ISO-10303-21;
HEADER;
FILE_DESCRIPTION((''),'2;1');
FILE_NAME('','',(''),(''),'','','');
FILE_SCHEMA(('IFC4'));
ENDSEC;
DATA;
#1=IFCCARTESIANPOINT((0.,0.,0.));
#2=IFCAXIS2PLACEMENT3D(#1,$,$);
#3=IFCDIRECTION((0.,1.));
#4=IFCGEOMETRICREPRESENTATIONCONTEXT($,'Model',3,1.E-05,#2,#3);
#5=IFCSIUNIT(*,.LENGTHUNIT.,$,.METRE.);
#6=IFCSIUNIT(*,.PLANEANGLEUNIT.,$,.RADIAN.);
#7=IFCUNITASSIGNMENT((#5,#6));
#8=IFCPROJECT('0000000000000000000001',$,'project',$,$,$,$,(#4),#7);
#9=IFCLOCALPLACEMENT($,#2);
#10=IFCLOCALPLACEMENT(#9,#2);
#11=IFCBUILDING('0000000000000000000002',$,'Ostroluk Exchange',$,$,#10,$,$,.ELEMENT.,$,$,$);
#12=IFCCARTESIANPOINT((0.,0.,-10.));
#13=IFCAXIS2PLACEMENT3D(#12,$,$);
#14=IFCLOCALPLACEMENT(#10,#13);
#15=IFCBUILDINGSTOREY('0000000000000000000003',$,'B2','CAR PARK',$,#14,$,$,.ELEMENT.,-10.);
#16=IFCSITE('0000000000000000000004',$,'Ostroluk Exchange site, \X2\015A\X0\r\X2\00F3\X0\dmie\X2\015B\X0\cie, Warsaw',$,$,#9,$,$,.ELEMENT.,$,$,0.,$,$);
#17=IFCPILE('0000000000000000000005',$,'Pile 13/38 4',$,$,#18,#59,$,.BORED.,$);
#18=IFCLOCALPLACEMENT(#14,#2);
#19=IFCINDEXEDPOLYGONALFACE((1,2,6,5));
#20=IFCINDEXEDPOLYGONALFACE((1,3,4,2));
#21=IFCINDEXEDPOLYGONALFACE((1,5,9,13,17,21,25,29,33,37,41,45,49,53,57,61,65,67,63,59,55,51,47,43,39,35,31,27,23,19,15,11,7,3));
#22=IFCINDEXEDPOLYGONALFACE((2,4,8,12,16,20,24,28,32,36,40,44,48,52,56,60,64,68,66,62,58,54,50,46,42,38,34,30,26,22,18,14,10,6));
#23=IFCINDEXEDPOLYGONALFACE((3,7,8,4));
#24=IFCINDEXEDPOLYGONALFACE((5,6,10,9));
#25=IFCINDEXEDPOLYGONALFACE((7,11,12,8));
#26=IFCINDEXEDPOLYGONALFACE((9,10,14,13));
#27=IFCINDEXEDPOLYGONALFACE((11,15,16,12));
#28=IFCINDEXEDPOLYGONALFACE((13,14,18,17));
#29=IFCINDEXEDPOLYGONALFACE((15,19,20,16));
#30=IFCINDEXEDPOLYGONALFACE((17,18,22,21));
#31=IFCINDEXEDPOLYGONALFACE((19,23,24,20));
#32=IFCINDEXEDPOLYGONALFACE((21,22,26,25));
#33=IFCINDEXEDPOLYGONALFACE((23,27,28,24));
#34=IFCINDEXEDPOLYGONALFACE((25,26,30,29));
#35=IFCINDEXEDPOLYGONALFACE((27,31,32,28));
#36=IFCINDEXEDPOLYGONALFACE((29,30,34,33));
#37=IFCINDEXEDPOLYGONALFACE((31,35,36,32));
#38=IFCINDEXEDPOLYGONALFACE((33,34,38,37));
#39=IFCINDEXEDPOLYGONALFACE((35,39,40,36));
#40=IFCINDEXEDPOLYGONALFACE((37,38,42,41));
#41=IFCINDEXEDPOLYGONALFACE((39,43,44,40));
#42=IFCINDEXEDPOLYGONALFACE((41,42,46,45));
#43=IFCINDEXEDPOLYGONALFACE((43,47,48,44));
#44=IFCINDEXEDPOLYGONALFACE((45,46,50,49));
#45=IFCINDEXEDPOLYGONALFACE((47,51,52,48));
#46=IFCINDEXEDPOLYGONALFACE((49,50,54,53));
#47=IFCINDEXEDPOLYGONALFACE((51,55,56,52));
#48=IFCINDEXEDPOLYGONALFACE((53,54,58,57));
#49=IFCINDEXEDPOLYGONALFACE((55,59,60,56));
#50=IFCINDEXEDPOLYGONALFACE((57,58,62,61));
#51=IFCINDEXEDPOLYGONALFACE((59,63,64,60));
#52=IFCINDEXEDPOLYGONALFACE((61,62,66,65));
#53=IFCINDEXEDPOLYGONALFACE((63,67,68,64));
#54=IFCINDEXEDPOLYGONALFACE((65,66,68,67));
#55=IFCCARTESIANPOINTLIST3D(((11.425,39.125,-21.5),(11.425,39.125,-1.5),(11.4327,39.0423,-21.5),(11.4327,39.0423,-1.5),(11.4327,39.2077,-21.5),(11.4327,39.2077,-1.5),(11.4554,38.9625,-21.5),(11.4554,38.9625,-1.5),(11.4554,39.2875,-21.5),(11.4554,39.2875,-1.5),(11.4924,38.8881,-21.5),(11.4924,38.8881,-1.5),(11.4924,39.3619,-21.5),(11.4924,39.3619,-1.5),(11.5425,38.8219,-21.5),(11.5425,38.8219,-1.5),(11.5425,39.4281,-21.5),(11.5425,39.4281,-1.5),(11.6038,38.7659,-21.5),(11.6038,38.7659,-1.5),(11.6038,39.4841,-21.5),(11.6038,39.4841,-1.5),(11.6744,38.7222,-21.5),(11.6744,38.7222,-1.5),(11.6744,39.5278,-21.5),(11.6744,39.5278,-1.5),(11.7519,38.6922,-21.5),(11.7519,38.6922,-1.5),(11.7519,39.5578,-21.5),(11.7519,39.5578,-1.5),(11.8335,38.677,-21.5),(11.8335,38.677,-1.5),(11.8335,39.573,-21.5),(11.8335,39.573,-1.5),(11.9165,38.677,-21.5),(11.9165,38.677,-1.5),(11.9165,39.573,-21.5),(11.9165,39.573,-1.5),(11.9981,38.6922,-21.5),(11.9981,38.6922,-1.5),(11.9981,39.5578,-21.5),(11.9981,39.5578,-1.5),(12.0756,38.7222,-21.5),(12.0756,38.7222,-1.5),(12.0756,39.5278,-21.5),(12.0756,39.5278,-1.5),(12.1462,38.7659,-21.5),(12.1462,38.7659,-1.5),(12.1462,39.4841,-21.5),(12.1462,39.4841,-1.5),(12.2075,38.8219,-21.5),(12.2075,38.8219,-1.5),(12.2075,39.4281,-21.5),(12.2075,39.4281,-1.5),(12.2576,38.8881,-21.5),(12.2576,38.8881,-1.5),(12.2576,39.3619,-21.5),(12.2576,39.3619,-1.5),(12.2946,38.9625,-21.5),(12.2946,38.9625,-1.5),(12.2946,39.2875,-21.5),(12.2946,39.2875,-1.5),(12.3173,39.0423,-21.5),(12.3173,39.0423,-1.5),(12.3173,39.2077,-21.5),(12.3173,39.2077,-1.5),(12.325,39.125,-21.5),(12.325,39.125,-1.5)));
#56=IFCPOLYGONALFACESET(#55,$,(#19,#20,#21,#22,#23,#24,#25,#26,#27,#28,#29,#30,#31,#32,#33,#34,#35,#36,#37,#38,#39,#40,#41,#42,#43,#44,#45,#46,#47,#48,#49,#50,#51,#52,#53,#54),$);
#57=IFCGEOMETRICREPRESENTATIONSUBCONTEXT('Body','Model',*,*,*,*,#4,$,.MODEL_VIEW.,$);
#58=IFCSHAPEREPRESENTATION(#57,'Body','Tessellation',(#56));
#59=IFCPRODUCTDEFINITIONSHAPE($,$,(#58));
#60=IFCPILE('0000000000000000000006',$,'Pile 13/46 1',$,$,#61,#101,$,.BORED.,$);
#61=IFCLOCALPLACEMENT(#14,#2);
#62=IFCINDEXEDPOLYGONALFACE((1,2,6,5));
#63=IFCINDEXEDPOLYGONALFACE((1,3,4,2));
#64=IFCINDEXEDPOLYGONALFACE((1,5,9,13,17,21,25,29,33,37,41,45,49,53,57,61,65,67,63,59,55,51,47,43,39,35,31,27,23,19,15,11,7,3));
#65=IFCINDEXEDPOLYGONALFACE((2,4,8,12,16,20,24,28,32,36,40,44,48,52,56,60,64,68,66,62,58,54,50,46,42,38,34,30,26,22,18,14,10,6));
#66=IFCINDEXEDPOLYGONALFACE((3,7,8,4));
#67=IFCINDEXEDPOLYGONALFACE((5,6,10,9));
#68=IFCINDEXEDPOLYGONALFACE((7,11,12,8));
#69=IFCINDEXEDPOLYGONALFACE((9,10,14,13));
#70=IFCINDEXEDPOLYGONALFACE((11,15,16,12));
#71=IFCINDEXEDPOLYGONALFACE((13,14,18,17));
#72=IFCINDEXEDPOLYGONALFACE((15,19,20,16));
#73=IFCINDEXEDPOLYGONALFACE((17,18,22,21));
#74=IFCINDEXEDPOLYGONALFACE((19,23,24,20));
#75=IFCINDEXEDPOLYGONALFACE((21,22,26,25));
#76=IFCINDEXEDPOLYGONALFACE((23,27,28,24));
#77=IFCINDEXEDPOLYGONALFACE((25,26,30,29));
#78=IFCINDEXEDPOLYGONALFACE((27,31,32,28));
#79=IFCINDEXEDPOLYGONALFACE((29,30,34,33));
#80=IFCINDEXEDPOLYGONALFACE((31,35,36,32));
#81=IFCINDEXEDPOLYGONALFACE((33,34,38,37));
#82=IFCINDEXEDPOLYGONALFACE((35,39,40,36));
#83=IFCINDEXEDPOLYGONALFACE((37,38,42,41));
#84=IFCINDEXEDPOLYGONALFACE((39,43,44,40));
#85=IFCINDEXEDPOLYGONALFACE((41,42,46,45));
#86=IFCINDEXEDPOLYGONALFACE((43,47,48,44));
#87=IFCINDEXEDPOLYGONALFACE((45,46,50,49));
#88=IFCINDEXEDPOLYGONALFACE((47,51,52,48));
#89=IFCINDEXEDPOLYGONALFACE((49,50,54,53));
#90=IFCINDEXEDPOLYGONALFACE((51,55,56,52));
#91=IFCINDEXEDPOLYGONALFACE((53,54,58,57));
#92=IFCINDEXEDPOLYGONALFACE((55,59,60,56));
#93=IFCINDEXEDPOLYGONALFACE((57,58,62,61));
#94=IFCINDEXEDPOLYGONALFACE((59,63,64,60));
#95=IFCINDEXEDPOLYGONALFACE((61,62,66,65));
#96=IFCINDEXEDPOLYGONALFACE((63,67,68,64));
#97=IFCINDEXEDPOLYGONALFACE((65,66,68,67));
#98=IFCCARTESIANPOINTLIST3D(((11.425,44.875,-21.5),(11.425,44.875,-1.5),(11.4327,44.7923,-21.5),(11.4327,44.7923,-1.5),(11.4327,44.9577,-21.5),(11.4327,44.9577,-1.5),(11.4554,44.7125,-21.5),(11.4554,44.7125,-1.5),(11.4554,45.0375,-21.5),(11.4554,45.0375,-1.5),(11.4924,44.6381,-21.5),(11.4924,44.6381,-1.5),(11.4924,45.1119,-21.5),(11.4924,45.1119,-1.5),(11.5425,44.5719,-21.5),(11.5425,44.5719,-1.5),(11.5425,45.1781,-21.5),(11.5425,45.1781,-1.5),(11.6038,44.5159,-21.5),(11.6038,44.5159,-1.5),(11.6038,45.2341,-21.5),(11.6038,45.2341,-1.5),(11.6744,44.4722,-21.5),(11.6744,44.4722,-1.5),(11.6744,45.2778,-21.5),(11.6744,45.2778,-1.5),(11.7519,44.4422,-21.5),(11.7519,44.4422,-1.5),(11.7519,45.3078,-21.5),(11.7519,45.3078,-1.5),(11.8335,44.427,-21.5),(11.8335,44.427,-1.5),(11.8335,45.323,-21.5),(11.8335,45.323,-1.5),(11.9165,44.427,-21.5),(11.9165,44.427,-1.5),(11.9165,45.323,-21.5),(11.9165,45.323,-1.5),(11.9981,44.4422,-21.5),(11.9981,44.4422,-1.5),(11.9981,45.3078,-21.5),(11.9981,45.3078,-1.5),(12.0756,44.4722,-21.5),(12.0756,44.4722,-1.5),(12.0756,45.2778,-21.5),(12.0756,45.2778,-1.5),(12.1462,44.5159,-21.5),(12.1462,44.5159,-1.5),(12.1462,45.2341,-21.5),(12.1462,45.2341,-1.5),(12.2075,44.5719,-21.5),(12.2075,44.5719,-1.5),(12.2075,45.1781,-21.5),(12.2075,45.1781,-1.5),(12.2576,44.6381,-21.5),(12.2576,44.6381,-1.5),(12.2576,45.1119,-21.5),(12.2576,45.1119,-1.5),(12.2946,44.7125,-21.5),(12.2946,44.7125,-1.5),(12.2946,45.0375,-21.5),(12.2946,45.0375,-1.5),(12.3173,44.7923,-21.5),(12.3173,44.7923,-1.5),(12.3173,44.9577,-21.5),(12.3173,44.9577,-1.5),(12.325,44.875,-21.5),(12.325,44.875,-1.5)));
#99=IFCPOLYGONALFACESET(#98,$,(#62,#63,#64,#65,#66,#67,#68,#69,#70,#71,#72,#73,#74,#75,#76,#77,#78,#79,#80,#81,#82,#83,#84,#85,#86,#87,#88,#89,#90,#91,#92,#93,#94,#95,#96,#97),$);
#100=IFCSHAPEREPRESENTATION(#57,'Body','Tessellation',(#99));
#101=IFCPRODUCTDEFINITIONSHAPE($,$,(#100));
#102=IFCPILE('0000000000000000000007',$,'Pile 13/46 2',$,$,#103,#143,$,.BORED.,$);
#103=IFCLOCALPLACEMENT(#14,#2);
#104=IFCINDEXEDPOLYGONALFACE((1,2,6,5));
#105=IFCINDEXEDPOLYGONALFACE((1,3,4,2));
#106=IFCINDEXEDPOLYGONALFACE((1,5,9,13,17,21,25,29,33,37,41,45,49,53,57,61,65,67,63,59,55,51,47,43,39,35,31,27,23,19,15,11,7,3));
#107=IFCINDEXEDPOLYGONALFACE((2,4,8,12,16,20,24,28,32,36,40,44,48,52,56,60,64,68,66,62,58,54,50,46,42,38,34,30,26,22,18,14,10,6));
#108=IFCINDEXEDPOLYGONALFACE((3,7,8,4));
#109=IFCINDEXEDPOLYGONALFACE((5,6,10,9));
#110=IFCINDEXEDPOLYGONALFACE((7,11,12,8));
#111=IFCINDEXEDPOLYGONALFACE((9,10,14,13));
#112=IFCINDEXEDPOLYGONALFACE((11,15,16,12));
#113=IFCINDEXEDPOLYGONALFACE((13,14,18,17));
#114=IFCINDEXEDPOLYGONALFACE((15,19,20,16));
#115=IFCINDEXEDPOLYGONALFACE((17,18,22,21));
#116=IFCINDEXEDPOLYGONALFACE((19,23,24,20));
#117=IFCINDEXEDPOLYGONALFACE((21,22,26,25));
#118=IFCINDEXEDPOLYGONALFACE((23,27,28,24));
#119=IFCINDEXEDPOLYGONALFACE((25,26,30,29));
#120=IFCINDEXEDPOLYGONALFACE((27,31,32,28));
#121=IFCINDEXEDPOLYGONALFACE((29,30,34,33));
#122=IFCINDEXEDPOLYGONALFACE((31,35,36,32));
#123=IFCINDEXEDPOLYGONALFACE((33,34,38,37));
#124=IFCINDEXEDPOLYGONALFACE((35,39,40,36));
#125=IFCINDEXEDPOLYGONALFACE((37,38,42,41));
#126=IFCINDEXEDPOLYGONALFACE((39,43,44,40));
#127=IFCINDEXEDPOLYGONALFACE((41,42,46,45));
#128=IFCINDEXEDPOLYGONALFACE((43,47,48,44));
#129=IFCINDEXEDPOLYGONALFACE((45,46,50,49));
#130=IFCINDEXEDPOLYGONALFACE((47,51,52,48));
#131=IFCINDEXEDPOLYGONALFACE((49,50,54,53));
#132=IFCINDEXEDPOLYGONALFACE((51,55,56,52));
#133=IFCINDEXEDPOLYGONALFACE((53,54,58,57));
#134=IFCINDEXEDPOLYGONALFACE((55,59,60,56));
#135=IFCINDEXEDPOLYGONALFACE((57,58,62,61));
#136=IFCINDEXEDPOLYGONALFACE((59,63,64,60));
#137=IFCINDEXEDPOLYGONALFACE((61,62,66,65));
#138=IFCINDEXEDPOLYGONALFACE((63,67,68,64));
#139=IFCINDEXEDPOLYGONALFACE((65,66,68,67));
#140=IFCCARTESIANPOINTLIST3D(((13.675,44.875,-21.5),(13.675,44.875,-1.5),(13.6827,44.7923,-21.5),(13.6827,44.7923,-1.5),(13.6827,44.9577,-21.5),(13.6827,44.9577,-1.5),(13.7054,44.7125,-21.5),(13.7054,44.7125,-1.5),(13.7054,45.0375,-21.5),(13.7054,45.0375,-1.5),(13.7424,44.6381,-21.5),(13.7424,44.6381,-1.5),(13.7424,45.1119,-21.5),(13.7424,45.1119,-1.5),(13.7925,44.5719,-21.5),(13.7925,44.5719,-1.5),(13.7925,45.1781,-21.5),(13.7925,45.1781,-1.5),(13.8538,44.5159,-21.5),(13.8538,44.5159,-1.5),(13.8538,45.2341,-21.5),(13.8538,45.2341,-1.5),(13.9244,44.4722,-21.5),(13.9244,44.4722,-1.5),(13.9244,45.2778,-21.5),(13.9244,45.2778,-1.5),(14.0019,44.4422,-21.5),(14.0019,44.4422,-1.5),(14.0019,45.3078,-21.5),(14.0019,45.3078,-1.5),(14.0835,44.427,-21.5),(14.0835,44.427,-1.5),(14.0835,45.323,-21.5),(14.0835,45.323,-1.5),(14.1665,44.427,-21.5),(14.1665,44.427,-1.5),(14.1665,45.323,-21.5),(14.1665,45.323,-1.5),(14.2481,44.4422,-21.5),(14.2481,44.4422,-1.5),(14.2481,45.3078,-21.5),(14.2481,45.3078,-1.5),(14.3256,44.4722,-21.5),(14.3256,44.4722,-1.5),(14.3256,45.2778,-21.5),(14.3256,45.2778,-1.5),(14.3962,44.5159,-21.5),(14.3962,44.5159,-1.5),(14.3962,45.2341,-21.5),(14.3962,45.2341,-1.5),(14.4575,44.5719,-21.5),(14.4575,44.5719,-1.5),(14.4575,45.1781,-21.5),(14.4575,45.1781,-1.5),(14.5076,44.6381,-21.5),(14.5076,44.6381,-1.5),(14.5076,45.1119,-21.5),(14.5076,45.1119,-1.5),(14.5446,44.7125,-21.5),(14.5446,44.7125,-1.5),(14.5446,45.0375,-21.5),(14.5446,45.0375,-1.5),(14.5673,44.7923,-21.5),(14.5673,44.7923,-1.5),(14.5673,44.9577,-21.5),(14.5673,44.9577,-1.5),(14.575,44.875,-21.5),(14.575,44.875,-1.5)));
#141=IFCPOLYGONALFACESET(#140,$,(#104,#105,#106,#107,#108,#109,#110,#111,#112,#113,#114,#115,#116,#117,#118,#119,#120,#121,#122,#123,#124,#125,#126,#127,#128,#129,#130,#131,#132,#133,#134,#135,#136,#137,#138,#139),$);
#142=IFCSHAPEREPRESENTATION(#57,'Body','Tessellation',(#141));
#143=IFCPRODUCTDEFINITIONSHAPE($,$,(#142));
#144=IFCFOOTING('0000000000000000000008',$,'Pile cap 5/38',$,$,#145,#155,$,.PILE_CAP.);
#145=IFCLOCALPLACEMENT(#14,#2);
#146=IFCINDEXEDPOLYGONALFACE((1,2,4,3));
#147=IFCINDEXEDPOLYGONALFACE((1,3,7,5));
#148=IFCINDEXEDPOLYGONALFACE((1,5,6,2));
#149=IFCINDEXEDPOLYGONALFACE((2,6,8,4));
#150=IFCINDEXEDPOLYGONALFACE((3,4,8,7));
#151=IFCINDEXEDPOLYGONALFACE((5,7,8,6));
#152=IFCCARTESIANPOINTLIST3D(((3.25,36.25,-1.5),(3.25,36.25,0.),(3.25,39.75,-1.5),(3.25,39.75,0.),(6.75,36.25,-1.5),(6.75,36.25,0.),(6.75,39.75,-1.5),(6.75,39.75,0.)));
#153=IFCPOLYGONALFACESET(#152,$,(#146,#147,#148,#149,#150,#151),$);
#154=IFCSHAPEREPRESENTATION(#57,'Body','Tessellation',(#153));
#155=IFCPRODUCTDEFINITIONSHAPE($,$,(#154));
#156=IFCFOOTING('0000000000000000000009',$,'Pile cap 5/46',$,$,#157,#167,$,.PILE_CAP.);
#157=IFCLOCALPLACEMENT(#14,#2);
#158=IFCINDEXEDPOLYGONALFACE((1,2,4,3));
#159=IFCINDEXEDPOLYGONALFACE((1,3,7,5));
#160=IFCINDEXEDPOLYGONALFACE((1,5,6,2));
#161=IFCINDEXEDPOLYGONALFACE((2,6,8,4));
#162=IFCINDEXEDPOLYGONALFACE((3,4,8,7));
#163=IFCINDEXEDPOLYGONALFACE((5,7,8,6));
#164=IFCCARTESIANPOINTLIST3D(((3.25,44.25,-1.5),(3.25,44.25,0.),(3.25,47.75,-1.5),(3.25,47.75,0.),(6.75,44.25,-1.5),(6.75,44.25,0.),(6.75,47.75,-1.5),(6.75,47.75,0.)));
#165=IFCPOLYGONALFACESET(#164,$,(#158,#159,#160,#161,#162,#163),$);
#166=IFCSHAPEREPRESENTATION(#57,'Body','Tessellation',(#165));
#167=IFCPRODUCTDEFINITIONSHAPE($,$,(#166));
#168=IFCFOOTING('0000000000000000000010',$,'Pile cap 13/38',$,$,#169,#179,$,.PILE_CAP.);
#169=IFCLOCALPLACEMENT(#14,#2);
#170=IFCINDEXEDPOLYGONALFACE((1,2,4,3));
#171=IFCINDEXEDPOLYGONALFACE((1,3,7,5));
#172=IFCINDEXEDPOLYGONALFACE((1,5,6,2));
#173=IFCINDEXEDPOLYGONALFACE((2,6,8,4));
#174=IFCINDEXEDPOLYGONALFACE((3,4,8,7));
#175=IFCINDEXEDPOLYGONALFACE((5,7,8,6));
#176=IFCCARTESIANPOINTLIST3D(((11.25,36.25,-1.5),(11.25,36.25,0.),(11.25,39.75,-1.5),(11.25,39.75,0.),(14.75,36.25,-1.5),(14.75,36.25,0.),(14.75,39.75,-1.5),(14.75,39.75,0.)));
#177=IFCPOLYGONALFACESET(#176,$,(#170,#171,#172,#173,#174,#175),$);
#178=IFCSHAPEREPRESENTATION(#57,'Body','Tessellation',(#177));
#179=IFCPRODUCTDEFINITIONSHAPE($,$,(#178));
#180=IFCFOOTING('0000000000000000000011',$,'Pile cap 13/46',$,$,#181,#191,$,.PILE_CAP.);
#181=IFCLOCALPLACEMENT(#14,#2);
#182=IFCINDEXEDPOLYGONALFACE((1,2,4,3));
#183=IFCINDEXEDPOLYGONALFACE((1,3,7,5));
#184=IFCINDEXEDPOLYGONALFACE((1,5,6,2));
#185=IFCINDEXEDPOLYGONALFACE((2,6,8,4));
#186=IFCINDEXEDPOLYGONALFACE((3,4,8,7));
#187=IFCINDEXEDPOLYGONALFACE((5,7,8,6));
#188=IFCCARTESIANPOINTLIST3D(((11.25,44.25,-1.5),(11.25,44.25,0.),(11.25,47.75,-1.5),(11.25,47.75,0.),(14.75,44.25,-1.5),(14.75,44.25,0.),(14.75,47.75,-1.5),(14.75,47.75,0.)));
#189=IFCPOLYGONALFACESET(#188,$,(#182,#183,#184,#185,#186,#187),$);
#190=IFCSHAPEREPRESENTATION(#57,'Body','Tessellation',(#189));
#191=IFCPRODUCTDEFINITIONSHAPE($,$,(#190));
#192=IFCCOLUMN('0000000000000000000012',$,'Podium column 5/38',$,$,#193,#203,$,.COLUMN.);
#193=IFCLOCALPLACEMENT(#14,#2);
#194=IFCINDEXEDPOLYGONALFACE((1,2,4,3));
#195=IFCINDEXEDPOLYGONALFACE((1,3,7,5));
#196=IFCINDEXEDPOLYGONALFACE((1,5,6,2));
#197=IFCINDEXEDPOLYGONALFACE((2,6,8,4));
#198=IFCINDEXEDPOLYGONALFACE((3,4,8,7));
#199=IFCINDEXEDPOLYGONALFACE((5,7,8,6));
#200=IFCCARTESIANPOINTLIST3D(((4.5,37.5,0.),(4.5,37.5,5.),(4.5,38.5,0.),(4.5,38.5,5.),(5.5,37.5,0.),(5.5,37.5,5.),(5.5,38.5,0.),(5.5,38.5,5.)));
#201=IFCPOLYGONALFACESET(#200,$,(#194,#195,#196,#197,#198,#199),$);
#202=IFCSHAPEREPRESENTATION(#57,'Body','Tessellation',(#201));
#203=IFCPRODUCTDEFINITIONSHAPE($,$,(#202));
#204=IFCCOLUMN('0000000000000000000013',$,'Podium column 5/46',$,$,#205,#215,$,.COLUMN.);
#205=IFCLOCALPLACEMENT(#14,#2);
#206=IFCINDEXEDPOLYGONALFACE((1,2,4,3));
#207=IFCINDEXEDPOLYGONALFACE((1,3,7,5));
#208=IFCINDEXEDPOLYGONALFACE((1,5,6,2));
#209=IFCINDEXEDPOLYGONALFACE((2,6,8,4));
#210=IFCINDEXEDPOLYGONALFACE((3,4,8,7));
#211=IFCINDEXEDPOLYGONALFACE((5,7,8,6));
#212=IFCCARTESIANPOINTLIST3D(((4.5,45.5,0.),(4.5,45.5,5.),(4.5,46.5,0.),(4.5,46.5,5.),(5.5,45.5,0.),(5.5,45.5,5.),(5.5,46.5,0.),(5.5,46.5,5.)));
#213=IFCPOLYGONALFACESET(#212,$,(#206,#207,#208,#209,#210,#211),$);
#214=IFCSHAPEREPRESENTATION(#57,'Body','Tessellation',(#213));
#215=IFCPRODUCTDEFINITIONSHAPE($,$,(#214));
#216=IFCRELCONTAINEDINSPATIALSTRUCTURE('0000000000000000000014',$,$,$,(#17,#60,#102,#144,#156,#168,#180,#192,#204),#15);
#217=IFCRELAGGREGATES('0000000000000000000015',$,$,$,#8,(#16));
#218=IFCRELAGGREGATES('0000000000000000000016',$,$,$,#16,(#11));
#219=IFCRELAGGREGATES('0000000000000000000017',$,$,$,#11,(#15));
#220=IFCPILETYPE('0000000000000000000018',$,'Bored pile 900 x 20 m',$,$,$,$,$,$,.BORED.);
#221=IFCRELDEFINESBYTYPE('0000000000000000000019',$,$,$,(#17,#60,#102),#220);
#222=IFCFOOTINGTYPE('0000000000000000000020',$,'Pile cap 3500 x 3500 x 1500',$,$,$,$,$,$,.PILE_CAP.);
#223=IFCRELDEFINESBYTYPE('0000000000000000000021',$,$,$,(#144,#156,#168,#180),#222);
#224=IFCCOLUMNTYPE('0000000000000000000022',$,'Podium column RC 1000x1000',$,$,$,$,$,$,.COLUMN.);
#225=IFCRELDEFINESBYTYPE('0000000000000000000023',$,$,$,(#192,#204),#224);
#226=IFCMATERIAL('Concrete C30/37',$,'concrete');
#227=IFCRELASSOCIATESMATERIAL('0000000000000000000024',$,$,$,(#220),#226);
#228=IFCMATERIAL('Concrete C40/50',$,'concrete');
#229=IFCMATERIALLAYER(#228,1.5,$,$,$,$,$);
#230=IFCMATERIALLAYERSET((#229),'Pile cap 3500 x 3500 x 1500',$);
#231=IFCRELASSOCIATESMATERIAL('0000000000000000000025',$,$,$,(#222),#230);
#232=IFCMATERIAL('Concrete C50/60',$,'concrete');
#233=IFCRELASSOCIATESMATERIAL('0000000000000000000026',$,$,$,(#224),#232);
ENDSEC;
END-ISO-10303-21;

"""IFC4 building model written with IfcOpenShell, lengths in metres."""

from ifc_helpers import new_model, si_unit, direction, frame, origin, origin_2d, place, context, subcontext, project, spatial, rectangle, circle, extrude, material, layer, layer_set, material_profile, profile_set, type_object, element, save


model = new_model("IFC4")

# Units and contexts
model_context = context("Model", 3, precision=1e-05, world=origin(), true_north=direction((0.0, 1.0)))
body_context = subcontext(model_context, "Body", "Model", "MODEL_VIEW")
ifc_project = project(units=[si_unit("LENGTHUNIT", "METRE"), si_unit("PLANEANGLEUNIT", "RADIAN")], contexts=[model_context])

# Site, building, storey
site_placement = place(None, origin())
site = spatial("IfcSite", under=ifc_project, at=site_placement, Name="Ostroluk Exchange site, Śródmieście, Warsaw", CompositionType="ELEMENT", RefElevation=0.0)
building_placement = place(site_placement, origin())
building = spatial("IfcBuilding", under=site, at=building_placement, Name="Ostroluk Exchange", CompositionType="ELEMENT")
storey_placement = place(building_placement, frame((0.0, 0.0, -10.0)))
storey = spatial("IfcBuildingStorey", under=building, at=storey_placement, Name="B2", Description="CAR PARK", CompositionType="ELEMENT", Elevation=-10.0)

# Piles
ifc_material_1 = material(Name="Concrete C30/37", Category="concrete")
pile_type_1 = type_object("IfcPileType", Name="Bored pile 900 x 20 m", PredefinedType="BORED", material=ifc_material_1)
for number, where, z_axis, x_axis, name in (
    (1, (11.875, 39.125, -1.5), (0.0, 0.0, -1.0), (1.0, 0.0, 0.0), "Pile 13/38 4"),
    (2, (11.875, 44.875, -1.5), (0.0, 0.0, -1.0), (1.0, 0.0, 0.0), "Pile 13/46 1"),
    (3, (14.125, 44.875, -1.5), (0.0, 0.0, -1.0), (1.0, 0.0, 0.0), "Pile 13/46 2"),
):
    element("IfcPile", number, at=place(storey_placement, frame(where, z_axis=z_axis, x_axis=x_axis)), inside=storey, type_object=pile_type_1, Name=name, PredefinedType="BORED", context=body_context, shape_type="SweptSolid", body=[
        extrude(circle(Radius=0.45, at=origin_2d()), origin(), (0.0, 0.0, 1.0), 20.0),
    ])

# Footings
ifc_material_2 = material(Name="Concrete C40/50", Category="concrete")
ifc_layer = layer(ifc_material_2, 1.5)
ifc_layer_set = layer_set([ifc_layer], Name="Pile cap 3500 x 3500 x 1500")
footing_type = type_object("IfcFootingType", Name="Pile cap 3500 x 3500 x 1500", PredefinedType="PILE_CAP", material=ifc_layer_set)
for number, where, z_axis, x_axis, name in (
    (4, (5.0, 38.0, -1.5), (0.0, 0.0, 1.0), (1.0, 0.0, 0.0), "Pile cap 5/38"),
    (5, (5.0, 46.0, -1.5), (0.0, 0.0, 1.0), (1.0, 0.0, 0.0), "Pile cap 5/46"),
    (6, (13.0, 38.0, -1.5), (0.0, 0.0, 1.0), (1.0, 0.0, 0.0), "Pile cap 13/38"),
    (7, (13.0, 46.0, -1.5), (0.0, 0.0, 1.0), (1.0, 0.0, 0.0), "Pile cap 13/46"),
):
    element("IfcFooting", number, at=place(storey_placement, frame(where, z_axis=z_axis, x_axis=x_axis)), inside=storey, type_object=footing_type, Name=name, PredefinedType="PILE_CAP", context=body_context, shape_type="SweptSolid", body=[
        extrude(rectangle(XDim=3.5, YDim=3.5, at=origin_2d()), origin(), (0.0, 0.0, 1.0), 1.5),
    ])

# Columns
ifc_material_3 = material(Name="Concrete C50/60", Category="concrete")
ifc_material_profile = material_profile(ifc_material_3, rectangle(XDim=1.0, YDim=1.0, at=origin_2d()), Name="RC 1000x1000")
ifc_profile_set = profile_set([ifc_material_profile], Name="Concrete C50/60")
column_type = type_object("IfcColumnType", Name="Podium column RC 1000x1000", PredefinedType="COLUMN", material=ifc_profile_set)
for number, where, z_axis, x_axis, name in (
    (8, (5.0, 38.0, 0.0), (0.0, 0.0, 1.0), (1.0, 0.0, 0.0), "Podium column 5/38"),
    (9, (5.0, 46.0, 0.0), (0.0, 0.0, 1.0), (1.0, 0.0, 0.0), "Podium column 5/46"),
):
    element("IfcColumn", number, at=place(storey_placement, frame(where, z_axis=z_axis, x_axis=x_axis)), inside=storey, type_object=column_type, Name=name, PredefinedType="COLUMN", context=body_context, shape_type="SweptSolid", body=[
        extrude(rectangle(XDim=1.0, YDim=1.0, at=origin_2d()), origin(), (0.0, 0.0, 1.0), 5.0),
    ])

save(model, "model.ifc")
